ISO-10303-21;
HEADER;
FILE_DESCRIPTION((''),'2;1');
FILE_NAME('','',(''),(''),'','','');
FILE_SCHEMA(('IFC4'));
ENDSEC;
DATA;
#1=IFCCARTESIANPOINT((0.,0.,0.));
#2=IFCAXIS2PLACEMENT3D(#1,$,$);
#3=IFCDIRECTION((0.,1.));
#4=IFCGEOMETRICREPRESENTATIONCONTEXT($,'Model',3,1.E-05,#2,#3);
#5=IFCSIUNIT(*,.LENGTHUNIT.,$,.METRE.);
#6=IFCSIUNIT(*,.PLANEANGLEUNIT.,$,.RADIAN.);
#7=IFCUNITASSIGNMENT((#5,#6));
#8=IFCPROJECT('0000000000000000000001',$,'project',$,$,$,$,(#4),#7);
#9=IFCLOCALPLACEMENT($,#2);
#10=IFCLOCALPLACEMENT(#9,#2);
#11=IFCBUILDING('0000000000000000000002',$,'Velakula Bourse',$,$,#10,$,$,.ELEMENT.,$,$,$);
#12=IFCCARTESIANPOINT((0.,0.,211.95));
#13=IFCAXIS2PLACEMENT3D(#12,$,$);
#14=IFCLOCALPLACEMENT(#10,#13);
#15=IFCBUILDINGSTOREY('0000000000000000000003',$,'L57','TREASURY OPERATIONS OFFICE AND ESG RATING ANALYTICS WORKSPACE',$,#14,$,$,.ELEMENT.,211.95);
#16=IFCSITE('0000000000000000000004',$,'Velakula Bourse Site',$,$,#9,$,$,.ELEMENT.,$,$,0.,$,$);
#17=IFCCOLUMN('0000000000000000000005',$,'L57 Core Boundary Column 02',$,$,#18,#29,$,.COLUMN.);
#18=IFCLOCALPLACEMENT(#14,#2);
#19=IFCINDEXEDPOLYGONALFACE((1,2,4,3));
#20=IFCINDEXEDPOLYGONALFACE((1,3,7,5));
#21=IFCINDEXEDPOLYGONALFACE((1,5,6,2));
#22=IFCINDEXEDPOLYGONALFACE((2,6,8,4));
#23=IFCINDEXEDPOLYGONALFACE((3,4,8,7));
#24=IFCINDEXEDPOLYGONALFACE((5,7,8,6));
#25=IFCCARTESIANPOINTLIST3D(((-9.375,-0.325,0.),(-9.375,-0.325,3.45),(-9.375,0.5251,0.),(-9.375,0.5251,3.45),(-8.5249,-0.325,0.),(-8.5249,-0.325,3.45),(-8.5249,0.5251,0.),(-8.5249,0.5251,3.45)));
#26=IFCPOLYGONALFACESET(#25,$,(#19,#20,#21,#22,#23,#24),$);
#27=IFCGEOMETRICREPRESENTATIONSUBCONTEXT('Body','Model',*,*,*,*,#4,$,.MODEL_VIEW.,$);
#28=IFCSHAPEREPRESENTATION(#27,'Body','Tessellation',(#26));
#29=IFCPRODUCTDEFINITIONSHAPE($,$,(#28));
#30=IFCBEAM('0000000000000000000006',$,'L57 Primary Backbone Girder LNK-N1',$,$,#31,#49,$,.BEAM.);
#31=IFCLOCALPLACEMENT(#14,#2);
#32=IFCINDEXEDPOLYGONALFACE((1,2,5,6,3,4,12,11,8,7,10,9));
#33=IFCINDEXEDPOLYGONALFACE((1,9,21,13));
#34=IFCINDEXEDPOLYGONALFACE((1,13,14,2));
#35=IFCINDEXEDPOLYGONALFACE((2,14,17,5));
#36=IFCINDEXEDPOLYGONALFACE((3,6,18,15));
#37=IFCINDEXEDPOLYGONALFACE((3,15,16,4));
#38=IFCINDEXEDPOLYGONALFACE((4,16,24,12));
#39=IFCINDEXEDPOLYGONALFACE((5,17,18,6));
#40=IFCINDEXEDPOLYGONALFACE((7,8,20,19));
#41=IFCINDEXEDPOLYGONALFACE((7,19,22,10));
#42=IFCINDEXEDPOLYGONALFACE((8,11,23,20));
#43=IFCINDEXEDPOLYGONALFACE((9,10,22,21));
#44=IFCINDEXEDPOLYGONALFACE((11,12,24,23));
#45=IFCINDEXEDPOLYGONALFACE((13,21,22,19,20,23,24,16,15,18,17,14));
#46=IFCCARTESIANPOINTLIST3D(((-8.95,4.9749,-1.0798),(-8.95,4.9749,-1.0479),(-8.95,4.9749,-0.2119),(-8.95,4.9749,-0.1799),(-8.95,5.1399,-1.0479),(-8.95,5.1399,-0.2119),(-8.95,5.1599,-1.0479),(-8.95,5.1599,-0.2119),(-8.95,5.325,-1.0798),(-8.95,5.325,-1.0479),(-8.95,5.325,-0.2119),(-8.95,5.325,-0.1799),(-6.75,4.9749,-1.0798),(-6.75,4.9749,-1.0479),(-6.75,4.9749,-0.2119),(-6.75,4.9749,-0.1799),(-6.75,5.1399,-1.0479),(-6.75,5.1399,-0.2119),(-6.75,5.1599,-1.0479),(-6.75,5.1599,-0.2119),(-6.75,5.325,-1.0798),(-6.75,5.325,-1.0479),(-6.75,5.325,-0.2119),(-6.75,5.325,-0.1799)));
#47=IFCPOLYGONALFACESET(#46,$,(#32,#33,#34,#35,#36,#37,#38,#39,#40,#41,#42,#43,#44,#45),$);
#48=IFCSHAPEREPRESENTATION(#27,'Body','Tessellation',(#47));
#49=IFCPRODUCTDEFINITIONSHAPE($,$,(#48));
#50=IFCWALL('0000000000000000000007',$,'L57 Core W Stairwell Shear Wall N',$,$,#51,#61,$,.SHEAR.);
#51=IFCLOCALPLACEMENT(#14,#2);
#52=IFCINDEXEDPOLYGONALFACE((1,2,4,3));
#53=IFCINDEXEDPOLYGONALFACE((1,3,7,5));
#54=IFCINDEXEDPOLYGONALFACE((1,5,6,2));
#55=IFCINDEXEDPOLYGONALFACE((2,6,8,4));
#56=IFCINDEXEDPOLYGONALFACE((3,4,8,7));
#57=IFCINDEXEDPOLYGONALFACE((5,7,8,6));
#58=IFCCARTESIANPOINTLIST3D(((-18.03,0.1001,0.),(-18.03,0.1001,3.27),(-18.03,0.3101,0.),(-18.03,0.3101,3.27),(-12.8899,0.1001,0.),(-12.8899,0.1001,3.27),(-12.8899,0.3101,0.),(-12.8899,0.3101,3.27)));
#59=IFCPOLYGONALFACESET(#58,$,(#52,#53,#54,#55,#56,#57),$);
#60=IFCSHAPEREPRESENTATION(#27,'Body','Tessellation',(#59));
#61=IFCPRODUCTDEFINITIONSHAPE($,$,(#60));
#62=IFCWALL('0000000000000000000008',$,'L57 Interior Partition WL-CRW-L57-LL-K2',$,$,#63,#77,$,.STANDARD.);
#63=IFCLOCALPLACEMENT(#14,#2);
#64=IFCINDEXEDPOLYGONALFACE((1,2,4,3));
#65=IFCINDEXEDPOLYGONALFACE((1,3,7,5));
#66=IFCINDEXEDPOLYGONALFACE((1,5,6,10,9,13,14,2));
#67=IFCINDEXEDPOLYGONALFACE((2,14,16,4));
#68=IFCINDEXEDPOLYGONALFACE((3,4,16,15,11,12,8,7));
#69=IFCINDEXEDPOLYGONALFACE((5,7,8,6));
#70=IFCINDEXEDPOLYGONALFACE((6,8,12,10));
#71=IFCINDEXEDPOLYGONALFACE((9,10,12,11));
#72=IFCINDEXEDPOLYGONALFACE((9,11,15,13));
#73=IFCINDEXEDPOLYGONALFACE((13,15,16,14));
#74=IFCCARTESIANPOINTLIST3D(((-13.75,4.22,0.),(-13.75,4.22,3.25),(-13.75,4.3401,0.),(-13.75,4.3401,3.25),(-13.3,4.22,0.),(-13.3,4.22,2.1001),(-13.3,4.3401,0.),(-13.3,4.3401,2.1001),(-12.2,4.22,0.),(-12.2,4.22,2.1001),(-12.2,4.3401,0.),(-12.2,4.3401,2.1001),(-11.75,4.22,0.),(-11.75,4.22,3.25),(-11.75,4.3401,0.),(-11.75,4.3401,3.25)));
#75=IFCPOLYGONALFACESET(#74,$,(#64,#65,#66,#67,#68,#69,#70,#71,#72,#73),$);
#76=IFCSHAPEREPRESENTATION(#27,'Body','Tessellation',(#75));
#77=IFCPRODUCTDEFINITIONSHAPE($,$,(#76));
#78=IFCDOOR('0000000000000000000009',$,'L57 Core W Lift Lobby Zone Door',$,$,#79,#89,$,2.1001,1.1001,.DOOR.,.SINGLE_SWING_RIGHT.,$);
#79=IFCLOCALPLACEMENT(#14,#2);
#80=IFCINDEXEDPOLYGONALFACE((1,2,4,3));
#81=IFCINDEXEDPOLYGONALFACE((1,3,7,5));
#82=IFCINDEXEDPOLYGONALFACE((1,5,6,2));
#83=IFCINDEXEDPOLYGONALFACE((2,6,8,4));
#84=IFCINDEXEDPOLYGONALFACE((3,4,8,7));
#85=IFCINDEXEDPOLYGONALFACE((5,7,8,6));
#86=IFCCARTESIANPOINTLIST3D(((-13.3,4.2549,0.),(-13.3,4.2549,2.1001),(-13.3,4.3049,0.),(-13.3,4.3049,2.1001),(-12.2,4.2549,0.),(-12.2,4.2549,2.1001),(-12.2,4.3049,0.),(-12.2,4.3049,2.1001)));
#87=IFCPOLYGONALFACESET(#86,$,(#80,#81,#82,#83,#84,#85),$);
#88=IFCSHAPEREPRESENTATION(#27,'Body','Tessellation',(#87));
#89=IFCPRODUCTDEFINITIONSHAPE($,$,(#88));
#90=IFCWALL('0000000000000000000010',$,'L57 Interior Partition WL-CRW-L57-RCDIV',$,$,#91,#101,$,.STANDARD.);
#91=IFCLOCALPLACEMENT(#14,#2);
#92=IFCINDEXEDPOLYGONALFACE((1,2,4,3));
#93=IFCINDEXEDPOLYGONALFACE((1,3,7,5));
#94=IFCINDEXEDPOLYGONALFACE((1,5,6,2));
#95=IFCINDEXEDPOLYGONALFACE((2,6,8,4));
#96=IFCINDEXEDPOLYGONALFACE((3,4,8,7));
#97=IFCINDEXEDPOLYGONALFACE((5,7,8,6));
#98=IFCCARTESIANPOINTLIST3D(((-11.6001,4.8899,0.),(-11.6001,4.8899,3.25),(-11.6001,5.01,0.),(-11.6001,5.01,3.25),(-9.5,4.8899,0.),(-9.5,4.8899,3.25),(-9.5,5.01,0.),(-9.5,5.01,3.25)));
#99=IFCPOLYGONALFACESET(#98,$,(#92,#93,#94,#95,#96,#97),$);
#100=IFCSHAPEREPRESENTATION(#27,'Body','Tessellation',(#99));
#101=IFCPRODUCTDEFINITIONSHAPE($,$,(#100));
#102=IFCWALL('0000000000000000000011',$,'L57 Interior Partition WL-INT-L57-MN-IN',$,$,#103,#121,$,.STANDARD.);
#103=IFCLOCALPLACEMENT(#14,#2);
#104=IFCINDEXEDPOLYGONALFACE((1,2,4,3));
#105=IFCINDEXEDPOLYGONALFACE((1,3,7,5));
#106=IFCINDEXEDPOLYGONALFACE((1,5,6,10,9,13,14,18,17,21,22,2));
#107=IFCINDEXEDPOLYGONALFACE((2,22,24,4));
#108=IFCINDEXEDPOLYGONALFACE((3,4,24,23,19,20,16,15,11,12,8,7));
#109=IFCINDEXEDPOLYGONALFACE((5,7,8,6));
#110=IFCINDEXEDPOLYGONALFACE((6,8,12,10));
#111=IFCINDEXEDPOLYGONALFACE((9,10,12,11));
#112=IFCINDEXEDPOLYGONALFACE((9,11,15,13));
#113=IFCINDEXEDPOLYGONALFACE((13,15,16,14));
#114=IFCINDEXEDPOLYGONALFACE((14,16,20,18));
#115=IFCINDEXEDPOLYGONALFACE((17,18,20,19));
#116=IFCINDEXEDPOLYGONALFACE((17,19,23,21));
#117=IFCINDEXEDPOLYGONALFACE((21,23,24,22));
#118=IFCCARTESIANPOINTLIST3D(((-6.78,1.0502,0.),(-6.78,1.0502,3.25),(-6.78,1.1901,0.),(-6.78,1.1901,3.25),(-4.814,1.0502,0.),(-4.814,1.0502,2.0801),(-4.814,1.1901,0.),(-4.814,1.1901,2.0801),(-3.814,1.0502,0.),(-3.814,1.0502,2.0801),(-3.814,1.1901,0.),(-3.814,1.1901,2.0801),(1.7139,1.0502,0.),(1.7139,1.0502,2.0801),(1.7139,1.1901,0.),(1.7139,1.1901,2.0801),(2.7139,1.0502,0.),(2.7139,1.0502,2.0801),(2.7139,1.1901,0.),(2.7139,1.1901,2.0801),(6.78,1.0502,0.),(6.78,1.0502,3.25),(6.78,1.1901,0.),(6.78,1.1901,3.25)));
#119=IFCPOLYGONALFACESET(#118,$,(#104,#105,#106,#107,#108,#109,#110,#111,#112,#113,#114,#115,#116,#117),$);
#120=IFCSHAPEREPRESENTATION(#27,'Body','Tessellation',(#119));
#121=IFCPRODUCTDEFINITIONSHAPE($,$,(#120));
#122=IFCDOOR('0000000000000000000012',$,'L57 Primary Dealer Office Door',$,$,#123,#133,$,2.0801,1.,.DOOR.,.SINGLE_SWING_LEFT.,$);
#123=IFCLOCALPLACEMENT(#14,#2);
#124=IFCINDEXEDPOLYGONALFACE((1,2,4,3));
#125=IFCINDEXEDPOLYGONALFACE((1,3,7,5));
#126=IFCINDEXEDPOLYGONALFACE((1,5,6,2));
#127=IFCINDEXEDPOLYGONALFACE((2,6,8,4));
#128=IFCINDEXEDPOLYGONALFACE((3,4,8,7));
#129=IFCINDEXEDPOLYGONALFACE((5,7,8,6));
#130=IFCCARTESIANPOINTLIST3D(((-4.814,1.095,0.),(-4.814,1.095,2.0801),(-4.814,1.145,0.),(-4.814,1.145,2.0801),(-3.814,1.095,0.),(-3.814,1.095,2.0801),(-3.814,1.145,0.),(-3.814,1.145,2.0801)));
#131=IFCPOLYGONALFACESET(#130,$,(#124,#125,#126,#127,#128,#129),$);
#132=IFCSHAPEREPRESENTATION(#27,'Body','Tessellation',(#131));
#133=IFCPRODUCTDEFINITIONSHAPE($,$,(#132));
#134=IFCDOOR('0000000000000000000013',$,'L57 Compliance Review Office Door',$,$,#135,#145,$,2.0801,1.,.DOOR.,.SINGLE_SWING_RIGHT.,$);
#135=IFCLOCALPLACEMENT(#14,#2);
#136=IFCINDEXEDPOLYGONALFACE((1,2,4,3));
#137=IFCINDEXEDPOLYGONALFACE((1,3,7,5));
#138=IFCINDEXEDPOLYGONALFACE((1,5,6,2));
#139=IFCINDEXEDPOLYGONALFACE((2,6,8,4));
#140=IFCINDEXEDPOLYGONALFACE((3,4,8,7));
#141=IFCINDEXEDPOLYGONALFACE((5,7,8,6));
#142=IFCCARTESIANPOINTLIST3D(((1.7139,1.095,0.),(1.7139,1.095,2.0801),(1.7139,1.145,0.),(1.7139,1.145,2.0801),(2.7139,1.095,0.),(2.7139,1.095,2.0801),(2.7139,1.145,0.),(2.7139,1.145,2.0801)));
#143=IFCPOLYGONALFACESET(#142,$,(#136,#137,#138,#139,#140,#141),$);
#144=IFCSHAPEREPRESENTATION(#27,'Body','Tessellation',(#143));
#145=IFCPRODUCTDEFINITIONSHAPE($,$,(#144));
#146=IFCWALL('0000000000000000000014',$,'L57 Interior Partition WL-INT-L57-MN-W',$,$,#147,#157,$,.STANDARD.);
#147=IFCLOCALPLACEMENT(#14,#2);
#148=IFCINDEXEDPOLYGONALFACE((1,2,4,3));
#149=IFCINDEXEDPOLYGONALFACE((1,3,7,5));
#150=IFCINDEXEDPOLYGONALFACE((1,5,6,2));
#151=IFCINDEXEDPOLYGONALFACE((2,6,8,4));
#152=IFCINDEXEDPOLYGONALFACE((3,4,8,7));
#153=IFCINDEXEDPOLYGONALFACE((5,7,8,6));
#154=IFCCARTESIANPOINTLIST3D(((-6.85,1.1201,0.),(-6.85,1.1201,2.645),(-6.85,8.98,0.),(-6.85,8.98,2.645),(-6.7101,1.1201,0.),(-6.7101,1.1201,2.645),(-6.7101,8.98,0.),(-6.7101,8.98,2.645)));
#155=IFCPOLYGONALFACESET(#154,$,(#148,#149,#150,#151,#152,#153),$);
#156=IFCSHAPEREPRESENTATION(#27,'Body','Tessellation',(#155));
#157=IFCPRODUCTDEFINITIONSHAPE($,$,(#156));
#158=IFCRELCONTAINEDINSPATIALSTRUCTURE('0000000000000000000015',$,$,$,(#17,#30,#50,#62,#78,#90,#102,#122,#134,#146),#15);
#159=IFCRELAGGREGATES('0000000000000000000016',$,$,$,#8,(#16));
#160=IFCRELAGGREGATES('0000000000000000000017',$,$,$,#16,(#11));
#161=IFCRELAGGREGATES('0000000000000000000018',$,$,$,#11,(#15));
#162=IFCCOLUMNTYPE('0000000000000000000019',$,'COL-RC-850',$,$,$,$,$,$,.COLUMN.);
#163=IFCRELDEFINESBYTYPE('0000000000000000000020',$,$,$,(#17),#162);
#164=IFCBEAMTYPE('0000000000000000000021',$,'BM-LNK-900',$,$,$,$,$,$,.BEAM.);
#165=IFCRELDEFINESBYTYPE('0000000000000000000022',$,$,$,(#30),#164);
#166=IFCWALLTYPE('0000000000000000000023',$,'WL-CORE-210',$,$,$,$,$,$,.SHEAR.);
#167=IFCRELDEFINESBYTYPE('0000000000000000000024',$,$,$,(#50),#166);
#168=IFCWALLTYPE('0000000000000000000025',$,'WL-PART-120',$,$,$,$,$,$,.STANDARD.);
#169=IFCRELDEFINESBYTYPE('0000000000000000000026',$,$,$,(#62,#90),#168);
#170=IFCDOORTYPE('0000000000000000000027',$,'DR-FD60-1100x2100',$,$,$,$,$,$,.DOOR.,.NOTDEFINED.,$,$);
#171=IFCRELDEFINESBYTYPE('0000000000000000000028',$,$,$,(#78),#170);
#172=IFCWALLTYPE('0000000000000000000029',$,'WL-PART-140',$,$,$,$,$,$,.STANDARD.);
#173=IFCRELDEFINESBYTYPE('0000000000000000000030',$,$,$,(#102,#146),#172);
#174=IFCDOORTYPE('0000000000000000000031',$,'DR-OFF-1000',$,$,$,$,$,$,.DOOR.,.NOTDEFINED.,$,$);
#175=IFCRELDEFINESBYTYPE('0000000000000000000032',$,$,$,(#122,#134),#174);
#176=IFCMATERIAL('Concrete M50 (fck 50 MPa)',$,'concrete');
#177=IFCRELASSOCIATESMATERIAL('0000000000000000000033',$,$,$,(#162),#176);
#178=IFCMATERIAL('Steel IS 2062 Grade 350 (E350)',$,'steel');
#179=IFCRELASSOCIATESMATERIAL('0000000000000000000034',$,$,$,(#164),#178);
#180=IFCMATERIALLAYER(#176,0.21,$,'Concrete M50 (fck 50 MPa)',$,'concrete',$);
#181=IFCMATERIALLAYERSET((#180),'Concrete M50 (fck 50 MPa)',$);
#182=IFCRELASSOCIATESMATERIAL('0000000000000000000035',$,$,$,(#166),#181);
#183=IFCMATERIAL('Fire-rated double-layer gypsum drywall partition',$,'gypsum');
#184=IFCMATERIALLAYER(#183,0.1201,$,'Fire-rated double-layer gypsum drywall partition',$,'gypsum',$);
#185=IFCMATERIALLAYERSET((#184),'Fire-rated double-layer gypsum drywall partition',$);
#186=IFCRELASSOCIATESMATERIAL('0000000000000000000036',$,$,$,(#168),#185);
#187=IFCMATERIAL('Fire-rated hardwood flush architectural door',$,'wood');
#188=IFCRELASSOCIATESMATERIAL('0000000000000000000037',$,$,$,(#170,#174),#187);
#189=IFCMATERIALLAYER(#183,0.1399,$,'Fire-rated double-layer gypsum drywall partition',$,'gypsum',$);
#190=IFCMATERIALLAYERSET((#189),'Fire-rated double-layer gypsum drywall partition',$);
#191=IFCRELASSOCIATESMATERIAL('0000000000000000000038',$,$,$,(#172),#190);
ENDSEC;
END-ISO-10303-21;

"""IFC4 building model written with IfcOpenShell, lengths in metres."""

from ifc_helpers import new_model, si_unit, direction, frame, frame_2d, origin, origin_2d, place, context, subcontext, project, spatial, rectangle, i_section, extrude, material, layer, layer_set, material_profile, profile_set, type_object, element, fill, save


model = new_model("IFC4")

# Units and contexts
model_context = context("Model", 3, precision=1e-05, world=origin(), true_north=direction((0.0, 1.0)))
body_context = subcontext(model_context, "Body", "Model", "MODEL_VIEW")
ifc_project = project(units=[si_unit("LENGTHUNIT", "METRE"), si_unit("PLANEANGLEUNIT", "RADIAN")], contexts=[model_context])

# Site, building, storey
site_placement = place(None, origin())
site = spatial("IfcSite", under=ifc_project, at=site_placement, Name="Velakula Bourse Site", CompositionType="ELEMENT", RefElevation=0.0)
building_placement = place(site_placement, origin())
building = spatial("IfcBuilding", under=site, at=building_placement, Name="Velakula Bourse", CompositionType="ELEMENT")
storey_placement = place(building_placement, frame((0.0, 0.0, 211.95)))
storey = spatial("IfcBuildingStorey", under=building, at=storey_placement, Name="L57", Description="TREASURY OPERATIONS OFFICE AND ESG RATING ANALYTICS WORKSPACE", CompositionType="ELEMENT", Elevation=211.95)

# Column
ifc_material_1 = material(Name="Concrete M50 (fck 50 MPa)", Category="concrete")
ifc_material_profile_1 = material_profile(ifc_material_1, rectangle(XDim=0.8501, YDim=0.8501, at=origin_2d()), Name="Concrete M50 (fck 50 MPa)")
ifc_profile_set_1 = profile_set([ifc_material_profile_1], Name="Concrete M50 (fck 50 MPa)")
column_type = type_object("IfcColumnType", Name="COL-RC-850", PredefinedType="COLUMN", material=ifc_profile_set_1)
column_placement = place(storey_placement, frame((-8.95, 0.1001, 0.0), z_axis=(0.0, 0.0, 1.0), x_axis=(1.0, 0.0, 0.0)))
element("IfcColumn", 1, at=column_placement, inside=storey, type_object=column_type, Name="L57 Core Boundary Column 02", PredefinedType="COLUMN", context=body_context, shape_type="SweptSolid", body=[
    extrude(rectangle(XDim=0.8501, YDim=0.8501, at=origin_2d()), origin(), (0.0, 0.0, 1.0), 3.45),
])

# Beam
ifc_material_2 = material(Name="Steel IS 2062 Grade 350 (E350)", Category="steel")
ifc_material_profile_2 = material_profile(ifc_material_2, i_section(OverallWidth=0.3501, OverallDepth=0.8999, WebThickness=0.02, FlangeThickness=0.032, at=origin_2d()), Name="Steel IS 2062 Grade 350 (E350)")
ifc_profile_set_2 = profile_set([ifc_material_profile_2], Name="Steel IS 2062 Grade 350 (E350)")
beam_type = type_object("IfcBeamType", Name="BM-LNK-900", PredefinedType="BEAM", material=ifc_profile_set_2)
beam_placement = place(storey_placement, frame((-8.95, 5.1499, -0.6299), z_axis=(1.0, 0.0, 0.0), x_axis=(0.0, 1.0, 0.0)))
element("IfcBeam", 2, at=beam_placement, inside=storey, type_object=beam_type, Name="L57 Primary Backbone Girder LNK-N1", PredefinedType="BEAM", context=body_context, shape_type="SweptSolid", body=[
    extrude(i_section(OverallWidth=0.3501, OverallDepth=0.8999, WebThickness=0.02, FlangeThickness=0.032, at=origin_2d()), origin(), (0.0, 0.0, 1.0), 2.2),
])

# Wall
ifc_layer_1 = layer(ifc_material_1, 0.21, Name="Concrete M50 (fck 50 MPa)", Category="concrete")
ifc_layer_set_1 = layer_set([ifc_layer_1], Name="Concrete M50 (fck 50 MPa)")
wall_type_1 = type_object("IfcWallType", Name="WL-CORE-210", PredefinedType="SHEAR", material=ifc_layer_set_1)
wall_1_placement = place(storey_placement, frame((-12.8899, 0.2051, 0.0), z_axis=(0.0, 0.0, 1.0), x_axis=(-1.0, 0.0, 0.0)))
element("IfcWall", 3, at=wall_1_placement, inside=storey, type_object=wall_type_1, Name="L57 Core W Stairwell Shear Wall N", PredefinedType="SHEAR", context=body_context, shape_type="SweptSolid", body=[
    extrude(rectangle(XDim=5.1401, YDim=0.21, at=frame_2d((2.5701, 0.0))), origin(), (0.0, 0.0, 1.0), 3.27),
])

# Wall, opening, door
ifc_material_3 = material(Name="Fire-rated double-layer gypsum drywall partition", Category="gypsum")
ifc_layer_2 = layer(ifc_material_3, 0.1201, Name="Fire-rated double-layer gypsum drywall partition", Category="gypsum")
ifc_layer_set_2 = layer_set([ifc_layer_2], Name="Fire-rated double-layer gypsum drywall partition")
wall_type_2 = type_object("IfcWallType", Name="WL-PART-120", PredefinedType="STANDARD", material=ifc_layer_set_2)
wall_2_placement = place(storey_placement, frame((-13.75, 4.28, 0.0), z_axis=(0.0, 0.0, 1.0), x_axis=(1.0, 0.0, 0.0)))
wall_2 = element("IfcWall", 4, at=wall_2_placement, inside=storey, type_object=wall_type_2, Name="L57 Interior Partition WL-CRW-L57-LL-K2", PredefinedType="STANDARD", context=body_context, shape_type="SweptSolid", body=[
    extrude(rectangle(XDim=2.0, YDim=0.1201, at=frame_2d((1.0, 0.0))), origin(), (0.0, 0.0, 1.0), 3.25),
])
opening_1_placement = place(wall_2_placement, frame((0.45, 0.0, 0.0)))
opening_1 = element("IfcOpeningElement", 5, at=opening_1_placement, cuts=wall_2, PredefinedType="OPENING", context=body_context, shape_type="SweptSolid", body=[
    extrude(rectangle(XDim=1.1001, YDim=2.1001, at=frame_2d((0.55, 1.05))), frame((0.0, 0.0701, 0.0), z_axis=(0.0, -1.0, 0.0), x_axis=(1.0, 0.0, 0.0)), (0.0, 0.0, 1.0), 0.1401),
])
ifc_material_4 = material(Name="Fire-rated hardwood flush architectural door", Category="wood")
door_type_1 = type_object("IfcDoorType", Name="DR-FD60-1100x2100", OperationType="NOTDEFINED", PredefinedType="DOOR", material=ifc_material_4)
door_1_placement = place(opening_1_placement, origin())
door_1 = element("IfcDoor", 6, at=door_1_placement, inside=storey, type_object=door_type_1, Name="L57 Core W Lift Lobby Zone Door", OperationType="SINGLE_SWING_RIGHT", OverallHeight=2.1001, OverallWidth=1.1001, PredefinedType="DOOR", context=body_context, shape_type="SweptSolid", body=[
    extrude(rectangle(XDim=1.1001, YDim=2.1001, at=frame_2d((0.55, 1.05))), frame((0.0, 0.0249, 0.0), z_axis=(0.0, -1.0, 0.0), x_axis=(1.0, 0.0, 0.0)), (0.0, 0.0, 1.0), 0.05),
])
fill(opening_1, door_1)

# Wall
wall_3_placement = place(storey_placement, frame((-11.6001, 4.95, 0.0), z_axis=(0.0, 0.0, 1.0), x_axis=(1.0, 0.0, 0.0)))
element("IfcWall", 7, at=wall_3_placement, inside=storey, type_object=wall_type_2, Name="L57 Interior Partition WL-CRW-L57-RCDIV", PredefinedType="STANDARD", context=body_context, shape_type="SweptSolid", body=[
    extrude(rectangle(XDim=2.1001, YDim=0.1201, at=frame_2d((1.05, 0.0))), origin(), (0.0, 0.0, 1.0), 3.25),
])

# Wall, openings, doors
ifc_layer_3 = layer(ifc_material_3, 0.1399, Name="Fire-rated double-layer gypsum drywall partition", Category="gypsum")
ifc_layer_set_3 = layer_set([ifc_layer_3], Name="Fire-rated double-layer gypsum drywall partition")
wall_type_3 = type_object("IfcWallType", Name="WL-PART-140", PredefinedType="STANDARD", material=ifc_layer_set_3)
wall_4_placement = place(storey_placement, frame((-6.78, 1.1201, 0.0), z_axis=(0.0, 0.0, 1.0), x_axis=(1.0, 0.0, 0.0)))
wall_4 = element("IfcWall", 8, at=wall_4_placement, inside=storey, type_object=wall_type_3, Name="L57 Interior Partition WL-INT-L57-MN-IN", PredefinedType="STANDARD", context=body_context, shape_type="SweptSolid", body=[
    extrude(rectangle(XDim=13.5601, YDim=0.1399, at=frame_2d((6.78, 0.0))), origin(), (0.0, 0.0, 1.0), 3.25),
])
opening_2_placement = place(wall_4_placement, frame((1.9661, 0.0, 0.0)))
opening_2 = element("IfcOpeningElement", 9, at=opening_2_placement, cuts=wall_4, PredefinedType="OPENING", context=body_context, shape_type="SweptSolid", body=[
    extrude(rectangle(XDim=1.0, YDim=2.0801, at=frame_2d((0.5, 1.04))), frame((0.0, 0.0798, 0.0), z_axis=(0.0, -1.0, 0.0), x_axis=(1.0, 0.0, 0.0)), (0.0, 0.0, 1.0), 0.1599),
])
opening_3_placement = place(wall_4_placement, frame((8.4939, 0.0, 0.0)))
opening_3 = element("IfcOpeningElement", 10, at=opening_3_placement, cuts=wall_4, PredefinedType="OPENING", context=body_context, shape_type="SweptSolid", body=[
    extrude(rectangle(XDim=1.0, YDim=2.0801, at=frame_2d((0.5, 1.04))), frame((0.0, 0.0798, 0.0), z_axis=(0.0, -1.0, 0.0), x_axis=(1.0, 0.0, 0.0)), (0.0, 0.0, 1.0), 0.1599),
])
door_type_2 = type_object("IfcDoorType", Name="DR-OFF-1000", OperationType="NOTDEFINED", PredefinedType="DOOR", material=ifc_material_4)
door_2_placement = place(opening_2_placement, origin())
door_2 = element("IfcDoor", 11, at=door_2_placement, inside=storey, type_object=door_type_2, Name="L57 Primary Dealer Office Door", OperationType="SINGLE_SWING_LEFT", OverallHeight=2.0801, OverallWidth=1.0, PredefinedType="DOOR", context=body_context, shape_type="SweptSolid", body=[
    extrude(rectangle(XDim=1.0, YDim=2.0801, at=frame_2d((0.5, 1.04))), frame((0.0, 0.0249, 0.0), z_axis=(0.0, -1.0, 0.0), x_axis=(1.0, 0.0, 0.0)), (0.0, 0.0, 1.0), 0.05),
])
fill(opening_2, door_2)
door_3_placement = place(opening_3_placement, origin())
door_3 = element("IfcDoor", 12, at=door_3_placement, inside=storey, type_object=door_type_2, Name="L57 Compliance Review Office Door", OperationType="SINGLE_SWING_RIGHT", OverallHeight=2.0801, OverallWidth=1.0, PredefinedType="DOOR", context=body_context, shape_type="SweptSolid", body=[
    extrude(rectangle(XDim=1.0, YDim=2.0801, at=frame_2d((0.5, 1.04))), frame((0.0, 0.0249, 0.0), z_axis=(0.0, -1.0, 0.0), x_axis=(1.0, 0.0, 0.0)), (0.0, 0.0, 1.0), 0.05),
])
fill(opening_3, door_3)

# Wall
wall_5_placement = place(storey_placement, frame((-6.78, 1.1201, 0.0), z_axis=(0.0, 0.0, 1.0), x_axis=(0.0, 1.0, 0.0)))
element("IfcWall", 13, at=wall_5_placement, inside=storey, type_object=wall_type_3, Name="L57 Interior Partition WL-INT-L57-MN-W", PredefinedType="STANDARD", context=body_context, shape_type="SweptSolid", body=[
    extrude(rectangle(XDim=7.8599, YDim=0.1399, at=frame_2d((3.9299, 0.0))), origin(), (0.0, 0.0, 1.0), 2.645),
])

save(model, "model.ifc")
